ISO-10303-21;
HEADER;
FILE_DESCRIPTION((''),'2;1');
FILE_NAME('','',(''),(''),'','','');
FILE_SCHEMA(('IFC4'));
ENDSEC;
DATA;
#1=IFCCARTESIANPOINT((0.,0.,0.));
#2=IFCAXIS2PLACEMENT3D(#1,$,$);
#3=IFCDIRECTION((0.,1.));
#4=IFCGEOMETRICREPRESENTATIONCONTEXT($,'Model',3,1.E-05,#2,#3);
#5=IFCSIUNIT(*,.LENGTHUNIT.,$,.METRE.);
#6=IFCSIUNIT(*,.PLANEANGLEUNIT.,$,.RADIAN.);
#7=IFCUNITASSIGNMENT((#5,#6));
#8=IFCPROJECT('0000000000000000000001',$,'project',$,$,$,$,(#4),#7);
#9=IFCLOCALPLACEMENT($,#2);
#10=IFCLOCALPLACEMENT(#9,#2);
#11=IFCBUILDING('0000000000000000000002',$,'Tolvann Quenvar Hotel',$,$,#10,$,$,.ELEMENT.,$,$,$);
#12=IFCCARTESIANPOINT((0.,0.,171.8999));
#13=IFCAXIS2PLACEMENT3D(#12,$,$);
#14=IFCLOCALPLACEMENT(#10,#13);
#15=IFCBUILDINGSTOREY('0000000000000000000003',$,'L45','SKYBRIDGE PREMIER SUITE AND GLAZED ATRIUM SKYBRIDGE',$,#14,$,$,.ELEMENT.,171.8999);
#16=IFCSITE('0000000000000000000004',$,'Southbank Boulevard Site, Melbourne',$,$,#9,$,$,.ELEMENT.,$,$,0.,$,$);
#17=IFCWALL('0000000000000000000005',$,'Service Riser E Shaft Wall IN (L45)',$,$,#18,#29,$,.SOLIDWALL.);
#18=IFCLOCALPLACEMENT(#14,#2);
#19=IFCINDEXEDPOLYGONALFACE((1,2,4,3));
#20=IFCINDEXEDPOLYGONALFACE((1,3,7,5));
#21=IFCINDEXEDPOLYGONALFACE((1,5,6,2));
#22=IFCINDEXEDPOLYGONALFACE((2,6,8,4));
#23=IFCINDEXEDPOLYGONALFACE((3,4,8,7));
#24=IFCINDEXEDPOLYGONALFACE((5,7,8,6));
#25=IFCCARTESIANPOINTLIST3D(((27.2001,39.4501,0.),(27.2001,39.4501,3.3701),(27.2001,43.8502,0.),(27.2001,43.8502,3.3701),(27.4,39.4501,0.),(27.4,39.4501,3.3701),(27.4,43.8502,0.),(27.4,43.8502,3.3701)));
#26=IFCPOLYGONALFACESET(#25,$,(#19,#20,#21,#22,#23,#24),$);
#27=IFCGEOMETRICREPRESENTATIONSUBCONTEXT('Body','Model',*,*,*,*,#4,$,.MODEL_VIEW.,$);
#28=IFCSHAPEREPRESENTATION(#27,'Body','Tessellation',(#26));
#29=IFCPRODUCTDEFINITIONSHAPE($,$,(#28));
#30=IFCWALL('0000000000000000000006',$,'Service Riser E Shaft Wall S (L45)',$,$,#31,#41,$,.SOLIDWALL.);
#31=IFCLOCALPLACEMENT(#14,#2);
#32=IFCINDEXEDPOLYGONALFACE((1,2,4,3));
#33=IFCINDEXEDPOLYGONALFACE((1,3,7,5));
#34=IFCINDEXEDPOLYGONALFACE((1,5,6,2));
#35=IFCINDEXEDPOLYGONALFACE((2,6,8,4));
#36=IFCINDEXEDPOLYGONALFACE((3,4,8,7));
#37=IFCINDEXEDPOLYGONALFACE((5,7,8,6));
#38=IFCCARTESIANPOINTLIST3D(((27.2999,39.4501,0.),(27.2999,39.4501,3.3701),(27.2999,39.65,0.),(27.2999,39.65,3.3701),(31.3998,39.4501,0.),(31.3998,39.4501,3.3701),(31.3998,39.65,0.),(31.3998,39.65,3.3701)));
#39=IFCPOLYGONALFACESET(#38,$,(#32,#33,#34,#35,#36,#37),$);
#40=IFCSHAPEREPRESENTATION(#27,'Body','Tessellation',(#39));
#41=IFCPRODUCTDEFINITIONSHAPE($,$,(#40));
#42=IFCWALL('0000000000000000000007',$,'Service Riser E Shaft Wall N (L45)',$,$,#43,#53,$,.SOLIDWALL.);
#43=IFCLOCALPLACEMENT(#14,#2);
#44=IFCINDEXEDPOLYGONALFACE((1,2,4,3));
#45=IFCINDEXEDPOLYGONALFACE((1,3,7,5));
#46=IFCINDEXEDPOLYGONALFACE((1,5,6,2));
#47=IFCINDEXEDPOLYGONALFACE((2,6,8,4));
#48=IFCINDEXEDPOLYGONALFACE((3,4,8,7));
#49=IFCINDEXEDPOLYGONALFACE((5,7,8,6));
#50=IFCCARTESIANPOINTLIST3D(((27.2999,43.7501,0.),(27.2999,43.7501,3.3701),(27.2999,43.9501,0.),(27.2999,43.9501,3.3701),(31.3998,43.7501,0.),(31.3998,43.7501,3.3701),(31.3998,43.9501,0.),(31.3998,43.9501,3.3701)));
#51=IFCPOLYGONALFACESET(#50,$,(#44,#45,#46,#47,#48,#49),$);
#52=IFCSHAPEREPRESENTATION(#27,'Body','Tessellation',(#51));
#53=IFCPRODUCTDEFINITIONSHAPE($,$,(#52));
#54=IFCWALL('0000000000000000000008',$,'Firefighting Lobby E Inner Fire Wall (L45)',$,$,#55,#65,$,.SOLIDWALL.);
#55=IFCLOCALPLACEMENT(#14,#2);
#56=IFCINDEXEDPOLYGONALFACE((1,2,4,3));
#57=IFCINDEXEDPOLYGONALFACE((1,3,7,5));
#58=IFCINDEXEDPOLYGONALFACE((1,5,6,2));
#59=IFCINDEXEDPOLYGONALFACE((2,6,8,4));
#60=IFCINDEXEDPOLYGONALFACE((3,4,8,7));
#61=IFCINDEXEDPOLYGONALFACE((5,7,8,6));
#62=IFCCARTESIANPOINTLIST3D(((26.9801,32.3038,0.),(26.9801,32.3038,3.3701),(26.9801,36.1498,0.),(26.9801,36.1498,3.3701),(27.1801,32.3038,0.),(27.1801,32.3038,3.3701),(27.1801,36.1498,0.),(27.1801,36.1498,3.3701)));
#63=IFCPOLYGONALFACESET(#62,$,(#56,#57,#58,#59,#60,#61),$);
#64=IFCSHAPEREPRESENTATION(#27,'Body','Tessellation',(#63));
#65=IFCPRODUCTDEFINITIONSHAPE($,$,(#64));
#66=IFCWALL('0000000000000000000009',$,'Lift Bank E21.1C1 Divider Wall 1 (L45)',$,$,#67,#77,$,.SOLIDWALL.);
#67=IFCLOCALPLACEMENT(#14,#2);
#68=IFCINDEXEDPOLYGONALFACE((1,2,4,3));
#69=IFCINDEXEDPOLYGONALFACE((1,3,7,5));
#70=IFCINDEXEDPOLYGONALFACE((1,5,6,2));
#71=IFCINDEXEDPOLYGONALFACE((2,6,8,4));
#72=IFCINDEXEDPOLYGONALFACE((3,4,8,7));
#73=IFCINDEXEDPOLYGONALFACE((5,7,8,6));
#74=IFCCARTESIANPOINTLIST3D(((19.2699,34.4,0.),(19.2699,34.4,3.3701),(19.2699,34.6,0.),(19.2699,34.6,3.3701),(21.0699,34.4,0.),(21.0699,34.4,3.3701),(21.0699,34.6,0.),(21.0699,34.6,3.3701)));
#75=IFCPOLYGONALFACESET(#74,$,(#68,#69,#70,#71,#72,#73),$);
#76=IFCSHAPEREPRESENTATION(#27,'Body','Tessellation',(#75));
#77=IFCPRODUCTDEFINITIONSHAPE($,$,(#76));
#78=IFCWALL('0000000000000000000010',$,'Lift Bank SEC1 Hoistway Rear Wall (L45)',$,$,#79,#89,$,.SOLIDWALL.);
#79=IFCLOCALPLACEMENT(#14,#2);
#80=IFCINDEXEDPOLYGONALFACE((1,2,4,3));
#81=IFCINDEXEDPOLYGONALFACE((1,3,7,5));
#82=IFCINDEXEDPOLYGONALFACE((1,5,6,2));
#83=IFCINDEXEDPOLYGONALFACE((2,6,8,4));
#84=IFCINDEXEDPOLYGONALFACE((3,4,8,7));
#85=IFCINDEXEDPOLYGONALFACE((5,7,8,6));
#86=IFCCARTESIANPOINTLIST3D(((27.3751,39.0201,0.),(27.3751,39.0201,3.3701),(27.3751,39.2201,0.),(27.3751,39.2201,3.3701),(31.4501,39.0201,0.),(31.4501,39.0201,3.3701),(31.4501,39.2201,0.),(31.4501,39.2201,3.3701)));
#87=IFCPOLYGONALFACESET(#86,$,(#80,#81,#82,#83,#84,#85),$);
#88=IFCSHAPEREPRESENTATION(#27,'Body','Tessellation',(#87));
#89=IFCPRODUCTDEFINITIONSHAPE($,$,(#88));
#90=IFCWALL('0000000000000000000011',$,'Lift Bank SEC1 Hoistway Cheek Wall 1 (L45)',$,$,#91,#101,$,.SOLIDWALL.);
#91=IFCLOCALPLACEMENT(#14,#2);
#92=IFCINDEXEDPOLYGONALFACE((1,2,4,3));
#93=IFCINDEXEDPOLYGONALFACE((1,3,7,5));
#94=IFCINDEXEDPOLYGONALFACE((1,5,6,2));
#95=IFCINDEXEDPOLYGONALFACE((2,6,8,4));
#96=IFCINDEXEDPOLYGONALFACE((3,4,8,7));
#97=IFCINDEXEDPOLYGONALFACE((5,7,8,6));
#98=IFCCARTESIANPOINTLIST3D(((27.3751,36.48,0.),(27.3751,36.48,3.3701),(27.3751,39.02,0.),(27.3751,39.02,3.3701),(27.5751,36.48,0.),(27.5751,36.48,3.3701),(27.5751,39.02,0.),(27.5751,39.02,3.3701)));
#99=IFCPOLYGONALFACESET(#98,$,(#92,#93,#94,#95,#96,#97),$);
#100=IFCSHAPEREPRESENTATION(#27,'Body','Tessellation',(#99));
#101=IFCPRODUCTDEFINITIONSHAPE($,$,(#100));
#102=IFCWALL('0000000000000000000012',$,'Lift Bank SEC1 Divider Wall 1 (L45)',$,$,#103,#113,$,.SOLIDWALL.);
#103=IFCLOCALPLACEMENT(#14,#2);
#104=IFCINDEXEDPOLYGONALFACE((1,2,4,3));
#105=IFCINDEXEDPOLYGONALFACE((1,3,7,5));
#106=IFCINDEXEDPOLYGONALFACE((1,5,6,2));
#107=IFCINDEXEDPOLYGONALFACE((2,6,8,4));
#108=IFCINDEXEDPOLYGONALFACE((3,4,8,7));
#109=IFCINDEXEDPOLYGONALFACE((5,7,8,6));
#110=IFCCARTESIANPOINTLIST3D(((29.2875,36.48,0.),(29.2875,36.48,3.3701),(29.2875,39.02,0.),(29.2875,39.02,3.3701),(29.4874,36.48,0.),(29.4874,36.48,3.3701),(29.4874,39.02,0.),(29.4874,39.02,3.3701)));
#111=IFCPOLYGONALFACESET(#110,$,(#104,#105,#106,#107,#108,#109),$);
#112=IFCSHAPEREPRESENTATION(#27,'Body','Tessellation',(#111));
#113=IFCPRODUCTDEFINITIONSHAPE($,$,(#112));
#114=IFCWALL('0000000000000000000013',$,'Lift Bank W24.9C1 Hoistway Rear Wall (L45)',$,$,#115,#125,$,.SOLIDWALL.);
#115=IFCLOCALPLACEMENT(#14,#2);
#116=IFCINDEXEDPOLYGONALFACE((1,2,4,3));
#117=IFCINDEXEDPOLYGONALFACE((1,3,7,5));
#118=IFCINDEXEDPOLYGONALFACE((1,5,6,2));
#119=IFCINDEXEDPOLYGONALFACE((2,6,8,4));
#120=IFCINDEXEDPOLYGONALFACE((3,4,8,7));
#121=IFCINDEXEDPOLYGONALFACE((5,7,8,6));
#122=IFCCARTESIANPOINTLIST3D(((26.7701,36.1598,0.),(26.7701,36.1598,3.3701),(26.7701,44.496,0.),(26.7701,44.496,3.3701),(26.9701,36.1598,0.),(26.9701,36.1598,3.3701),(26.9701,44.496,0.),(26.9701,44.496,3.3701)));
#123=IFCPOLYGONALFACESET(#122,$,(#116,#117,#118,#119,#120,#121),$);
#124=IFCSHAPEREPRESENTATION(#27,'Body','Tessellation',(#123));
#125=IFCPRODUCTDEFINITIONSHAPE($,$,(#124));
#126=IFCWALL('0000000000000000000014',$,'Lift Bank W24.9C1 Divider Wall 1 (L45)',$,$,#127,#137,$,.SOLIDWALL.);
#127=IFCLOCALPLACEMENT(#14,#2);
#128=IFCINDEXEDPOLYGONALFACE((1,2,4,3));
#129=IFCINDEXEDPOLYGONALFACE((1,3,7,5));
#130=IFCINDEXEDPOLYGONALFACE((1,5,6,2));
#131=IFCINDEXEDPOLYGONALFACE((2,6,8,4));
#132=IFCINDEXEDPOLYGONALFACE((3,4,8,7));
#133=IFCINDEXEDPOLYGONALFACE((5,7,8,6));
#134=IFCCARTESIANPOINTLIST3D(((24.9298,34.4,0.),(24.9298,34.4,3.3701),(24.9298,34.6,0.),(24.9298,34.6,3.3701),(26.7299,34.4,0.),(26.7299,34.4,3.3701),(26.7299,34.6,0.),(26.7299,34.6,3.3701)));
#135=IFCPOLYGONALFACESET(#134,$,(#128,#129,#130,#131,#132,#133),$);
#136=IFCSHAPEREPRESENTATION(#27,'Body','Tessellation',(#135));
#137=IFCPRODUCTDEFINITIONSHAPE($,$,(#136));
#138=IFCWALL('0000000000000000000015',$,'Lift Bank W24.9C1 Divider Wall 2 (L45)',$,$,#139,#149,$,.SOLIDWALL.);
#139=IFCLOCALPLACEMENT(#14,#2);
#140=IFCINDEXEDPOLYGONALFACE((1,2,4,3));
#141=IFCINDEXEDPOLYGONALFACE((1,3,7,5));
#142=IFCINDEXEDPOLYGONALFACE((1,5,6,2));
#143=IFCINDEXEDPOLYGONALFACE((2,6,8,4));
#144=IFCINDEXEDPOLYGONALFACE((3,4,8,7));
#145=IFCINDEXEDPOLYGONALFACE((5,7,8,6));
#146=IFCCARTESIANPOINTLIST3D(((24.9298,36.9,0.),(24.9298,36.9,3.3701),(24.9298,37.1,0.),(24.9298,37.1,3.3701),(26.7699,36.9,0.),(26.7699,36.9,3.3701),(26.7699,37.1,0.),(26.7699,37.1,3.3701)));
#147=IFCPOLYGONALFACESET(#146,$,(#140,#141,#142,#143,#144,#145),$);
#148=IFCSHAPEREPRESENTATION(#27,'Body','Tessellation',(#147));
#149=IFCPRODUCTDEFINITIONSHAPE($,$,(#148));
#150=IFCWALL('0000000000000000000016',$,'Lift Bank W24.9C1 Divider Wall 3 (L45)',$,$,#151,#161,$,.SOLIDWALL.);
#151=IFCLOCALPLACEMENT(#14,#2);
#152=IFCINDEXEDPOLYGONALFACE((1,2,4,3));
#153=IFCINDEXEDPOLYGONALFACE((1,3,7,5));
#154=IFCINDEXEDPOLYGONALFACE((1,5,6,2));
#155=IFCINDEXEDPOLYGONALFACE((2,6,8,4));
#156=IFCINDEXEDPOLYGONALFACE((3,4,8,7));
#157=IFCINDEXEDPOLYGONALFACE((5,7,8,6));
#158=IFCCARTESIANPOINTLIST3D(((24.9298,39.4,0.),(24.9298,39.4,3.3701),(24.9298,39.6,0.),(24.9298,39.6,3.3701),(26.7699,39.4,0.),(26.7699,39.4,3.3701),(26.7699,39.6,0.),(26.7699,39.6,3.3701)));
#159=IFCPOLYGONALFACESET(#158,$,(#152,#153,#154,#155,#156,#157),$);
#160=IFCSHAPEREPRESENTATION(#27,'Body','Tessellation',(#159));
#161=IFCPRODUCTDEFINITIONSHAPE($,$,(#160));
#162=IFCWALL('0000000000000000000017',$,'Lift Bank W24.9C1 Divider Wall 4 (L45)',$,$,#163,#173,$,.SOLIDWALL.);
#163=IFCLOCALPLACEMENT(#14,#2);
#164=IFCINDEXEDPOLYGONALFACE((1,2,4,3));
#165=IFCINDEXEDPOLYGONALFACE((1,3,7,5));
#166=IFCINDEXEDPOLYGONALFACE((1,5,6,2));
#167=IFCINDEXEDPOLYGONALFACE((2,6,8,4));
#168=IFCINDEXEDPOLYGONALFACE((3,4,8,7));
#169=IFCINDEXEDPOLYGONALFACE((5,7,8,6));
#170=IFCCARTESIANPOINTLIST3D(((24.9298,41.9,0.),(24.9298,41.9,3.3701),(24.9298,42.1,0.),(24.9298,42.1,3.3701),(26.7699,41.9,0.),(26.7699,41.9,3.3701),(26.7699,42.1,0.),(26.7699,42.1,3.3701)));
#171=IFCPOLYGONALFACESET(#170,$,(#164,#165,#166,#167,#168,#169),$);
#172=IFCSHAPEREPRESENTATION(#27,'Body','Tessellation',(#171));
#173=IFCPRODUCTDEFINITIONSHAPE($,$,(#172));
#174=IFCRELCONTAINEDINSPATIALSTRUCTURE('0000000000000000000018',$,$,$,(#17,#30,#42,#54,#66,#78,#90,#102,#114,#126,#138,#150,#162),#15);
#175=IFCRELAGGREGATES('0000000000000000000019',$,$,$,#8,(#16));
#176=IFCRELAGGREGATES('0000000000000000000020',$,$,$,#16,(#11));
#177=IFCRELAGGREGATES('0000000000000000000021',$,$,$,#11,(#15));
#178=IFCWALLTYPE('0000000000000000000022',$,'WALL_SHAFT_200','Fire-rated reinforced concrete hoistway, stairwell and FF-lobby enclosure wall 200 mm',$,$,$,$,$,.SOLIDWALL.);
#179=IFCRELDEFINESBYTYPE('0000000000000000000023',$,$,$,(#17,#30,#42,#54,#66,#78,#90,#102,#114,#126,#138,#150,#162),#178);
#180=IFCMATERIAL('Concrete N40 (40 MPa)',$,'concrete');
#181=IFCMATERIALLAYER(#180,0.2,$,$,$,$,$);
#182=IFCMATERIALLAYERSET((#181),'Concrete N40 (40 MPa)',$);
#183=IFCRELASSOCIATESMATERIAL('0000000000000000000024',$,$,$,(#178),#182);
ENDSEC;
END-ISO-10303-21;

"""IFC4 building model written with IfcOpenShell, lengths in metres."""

from ifc_helpers import new_model, si_unit, direction, frame, frame_2d, origin, place, context, subcontext, project, spatial, rectangle, extrude, material, layer, layer_set, type_object, element, save


model = new_model("IFC4")

# Units and contexts
model_context = context("Model", 3, precision=1e-05, world=origin(), true_north=direction((0.0, 1.0)))
body_context = subcontext(model_context, "Body", "Model", "MODEL_VIEW")
ifc_project = project(units=[si_unit("LENGTHUNIT", "METRE"), si_unit("PLANEANGLEUNIT", "RADIAN")], contexts=[model_context])

# Site, building, storey
site_placement = place(None, origin())
site = spatial("IfcSite", under=ifc_project, at=site_placement, Name="Southbank Boulevard Site, Melbourne", CompositionType="ELEMENT", RefElevation=0.0)
building_placement = place(site_placement, origin())
building = spatial("IfcBuilding", under=site, at=building_placement, Name="Tolvann Quenvar Hotel", CompositionType="ELEMENT")
storey_placement = place(building_placement, frame((0.0, 0.0, 171.8999)))
storey = spatial("IfcBuildingStorey", under=building, at=storey_placement, Name="L45", Description="SKYBRIDGE PREMIER SUITE AND GLAZED ATRIUM SKYBRIDGE", CompositionType="ELEMENT", Elevation=171.8999)

# Walls
ifc_material_1 = material(Name="Concrete N40 (40 MPa)", Category="concrete")
ifc_layer = layer(ifc_material_1, 0.2)
ifc_layer_set = layer_set([ifc_layer], Name="Concrete N40 (40 MPa)")
wall_type = type_object("IfcWallType", Name="WALL_SHAFT_200", Description="Fire-rated reinforced concrete hoistway, stairwell and FF-lobby enclosure wall 200 mm", PredefinedType="SOLIDWALL", material=ifc_layer_set)
wall_1_placement = place(storey_placement, frame((27.3, 39.45, 0.0), z_axis=(0.0, 0.0, 1.0), x_axis=(0.0, 1.0, 0.0)))
element("IfcWall", 1, at=wall_1_placement, inside=storey, type_object=wall_type, Name="Service Riser E Shaft Wall IN (L45)", PredefinedType="SOLIDWALL", context=body_context, shape_type="SweptSolid", body=[
    extrude(rectangle(XDim=4.4001, YDim=0.2, at=frame_2d((2.2002, 0.0))), origin(), (0.0, 0.0, 1.0), 3.3701),
])
for number, where, z_axis, x_axis, name in (
    (2, (27.3, 39.55, 0.0), (0.0, 0.0, 1.0), (1.0, 0.0, 0.0), "Service Riser E Shaft Wall S (L45)"),
    (3, (27.3, 43.8501, 0.0), (0.0, 0.0, 1.0), (1.0, 0.0, 0.0), "Service Riser E Shaft Wall N (L45)"),
):
    element("IfcWall", number, at=place(storey_placement, frame(where, z_axis=z_axis, x_axis=x_axis)), inside=storey, type_object=wall_type, Name=name, PredefinedType="SOLIDWALL", context=body_context, shape_type="SweptSolid", body=[
        extrude(rectangle(XDim=4.0999, YDim=0.2, at=frame_2d((2.0498, 0.0))), origin(), (0.0, 0.0, 1.0), 3.3701),
    ])
wall_2_placement = place(storey_placement, frame((27.0801, 32.304, 0.0), z_axis=(0.0, 0.0, 1.0), x_axis=(0.0, 1.0, 0.0)))
element("IfcWall", 4, at=wall_2_placement, inside=storey, type_object=wall_type, Name="Firefighting Lobby E Inner Fire Wall (L45)", PredefinedType="SOLIDWALL", context=body_context, shape_type="SweptSolid", body=[
    extrude(rectangle(XDim=3.8459, YDim=0.2, at=frame_2d((1.9229, 0.0))), origin(), (0.0, 0.0, 1.0), 3.3701),
])

# Wall
wall_3_placement = place(storey_placement, frame((19.27, 34.5, 0.0), z_axis=(0.0, 0.0, 1.0), x_axis=(1.0, 0.0, 0.0)))
element("IfcWall", 5, at=wall_3_placement, inside=storey, type_object=wall_type, Name="Lift Bank E21.1C1 Divider Wall 1 (L45)", PredefinedType="SOLIDWALL", context=body_context, shape_type="SweptSolid", body=[
    extrude(rectangle(XDim=1.8, YDim=0.2, at=frame_2d((0.8999, 0.0))), origin(), (0.0, 0.0, 1.0), 3.3701),
])

# Walls
wall_4_placement = place(storey_placement, frame((27.375, 39.1201, 0.0), z_axis=(0.0, 0.0, 1.0), x_axis=(1.0, 0.0, 0.0)))
element("IfcWall", 6, at=wall_4_placement, inside=storey, type_object=wall_type, Name="Lift Bank SEC1 Hoistway Rear Wall (L45)", PredefinedType="SOLIDWALL", context=body_context, shape_type="SweptSolid", body=[
    extrude(rectangle(XDim=4.075, YDim=0.2, at=frame_2d((2.0376, 0.0))), origin(), (0.0, 0.0, 1.0), 3.3701),
])
for number, where, z_axis, x_axis, name in (
    (7, (27.4751, 36.48, 0.0), (0.0, 0.0, 1.0), (0.0, 1.0, 0.0), "Lift Bank SEC1 Hoistway Cheek Wall 1 (L45)"),
    (8, (29.3875, 36.48, 0.0), (0.0, 0.0, 1.0), (0.0, 1.0, 0.0), "Lift Bank SEC1 Divider Wall 1 (L45)"),
):
    element("IfcWall", number, at=place(storey_placement, frame(where, z_axis=z_axis, x_axis=x_axis)), inside=storey, type_object=wall_type, Name=name, PredefinedType="SOLIDWALL", context=body_context, shape_type="SweptSolid", body=[
        extrude(rectangle(XDim=2.54, YDim=0.2, at=frame_2d((1.27, 0.0))), origin(), (0.0, 0.0, 1.0), 3.3701),
    ])

# Walls
wall_5_placement = place(storey_placement, frame((26.8701, 36.1599, 0.0), z_axis=(0.0, 0.0, 1.0), x_axis=(0.0, 1.0, 0.0)))
element("IfcWall", 9, at=wall_5_placement, inside=storey, type_object=wall_type, Name="Lift Bank W24.9C1 Hoistway Rear Wall (L45)", PredefinedType="SOLIDWALL", context=body_context, shape_type="SweptSolid", body=[
    extrude(rectangle(XDim=8.3362, YDim=0.2, at=frame_2d((4.168, 0.0))), origin(), (0.0, 0.0, 1.0), 3.3701),
])
wall_6_placement = place(storey_placement, frame((24.9299, 34.5, 0.0), z_axis=(0.0, 0.0, 1.0), x_axis=(1.0, 0.0, 0.0)))
element("IfcWall", 10, at=wall_6_placement, inside=storey, type_object=wall_type, Name="Lift Bank W24.9C1 Divider Wall 1 (L45)", PredefinedType="SOLIDWALL", context=body_context, shape_type="SweptSolid", body=[
    extrude(rectangle(XDim=1.8, YDim=0.2, at=frame_2d((0.8999, 0.0))), origin(), (0.0, 0.0, 1.0), 3.3701),
])
for number, where, z_axis, x_axis, name in (
    (11, (24.9299, 37.0, 0.0), (0.0, 0.0, 1.0), (1.0, 0.0, 0.0), "Lift Bank W24.9C1 Divider Wall 2 (L45)"),
    (12, (24.9299, 39.5, 0.0), (0.0, 0.0, 1.0), (1.0, 0.0, 0.0), "Lift Bank W24.9C1 Divider Wall 3 (L45)"),
    (13, (24.9299, 42.0, 0.0), (0.0, 0.0, 1.0), (1.0, 0.0, 0.0), "Lift Bank W24.9C1 Divider Wall 4 (L45)"),
):
    element("IfcWall", number, at=place(storey_placement, frame(where, z_axis=z_axis, x_axis=x_axis)), inside=storey, type_object=wall_type, Name=name, PredefinedType="SOLIDWALL", context=body_context, shape_type="SweptSolid", body=[
        extrude(rectangle(XDim=1.8401, YDim=0.2, at=frame_2d((0.9199, 0.0))), origin(), (0.0, 0.0, 1.0), 3.3701),
    ])

save(model, "model.ifc")
